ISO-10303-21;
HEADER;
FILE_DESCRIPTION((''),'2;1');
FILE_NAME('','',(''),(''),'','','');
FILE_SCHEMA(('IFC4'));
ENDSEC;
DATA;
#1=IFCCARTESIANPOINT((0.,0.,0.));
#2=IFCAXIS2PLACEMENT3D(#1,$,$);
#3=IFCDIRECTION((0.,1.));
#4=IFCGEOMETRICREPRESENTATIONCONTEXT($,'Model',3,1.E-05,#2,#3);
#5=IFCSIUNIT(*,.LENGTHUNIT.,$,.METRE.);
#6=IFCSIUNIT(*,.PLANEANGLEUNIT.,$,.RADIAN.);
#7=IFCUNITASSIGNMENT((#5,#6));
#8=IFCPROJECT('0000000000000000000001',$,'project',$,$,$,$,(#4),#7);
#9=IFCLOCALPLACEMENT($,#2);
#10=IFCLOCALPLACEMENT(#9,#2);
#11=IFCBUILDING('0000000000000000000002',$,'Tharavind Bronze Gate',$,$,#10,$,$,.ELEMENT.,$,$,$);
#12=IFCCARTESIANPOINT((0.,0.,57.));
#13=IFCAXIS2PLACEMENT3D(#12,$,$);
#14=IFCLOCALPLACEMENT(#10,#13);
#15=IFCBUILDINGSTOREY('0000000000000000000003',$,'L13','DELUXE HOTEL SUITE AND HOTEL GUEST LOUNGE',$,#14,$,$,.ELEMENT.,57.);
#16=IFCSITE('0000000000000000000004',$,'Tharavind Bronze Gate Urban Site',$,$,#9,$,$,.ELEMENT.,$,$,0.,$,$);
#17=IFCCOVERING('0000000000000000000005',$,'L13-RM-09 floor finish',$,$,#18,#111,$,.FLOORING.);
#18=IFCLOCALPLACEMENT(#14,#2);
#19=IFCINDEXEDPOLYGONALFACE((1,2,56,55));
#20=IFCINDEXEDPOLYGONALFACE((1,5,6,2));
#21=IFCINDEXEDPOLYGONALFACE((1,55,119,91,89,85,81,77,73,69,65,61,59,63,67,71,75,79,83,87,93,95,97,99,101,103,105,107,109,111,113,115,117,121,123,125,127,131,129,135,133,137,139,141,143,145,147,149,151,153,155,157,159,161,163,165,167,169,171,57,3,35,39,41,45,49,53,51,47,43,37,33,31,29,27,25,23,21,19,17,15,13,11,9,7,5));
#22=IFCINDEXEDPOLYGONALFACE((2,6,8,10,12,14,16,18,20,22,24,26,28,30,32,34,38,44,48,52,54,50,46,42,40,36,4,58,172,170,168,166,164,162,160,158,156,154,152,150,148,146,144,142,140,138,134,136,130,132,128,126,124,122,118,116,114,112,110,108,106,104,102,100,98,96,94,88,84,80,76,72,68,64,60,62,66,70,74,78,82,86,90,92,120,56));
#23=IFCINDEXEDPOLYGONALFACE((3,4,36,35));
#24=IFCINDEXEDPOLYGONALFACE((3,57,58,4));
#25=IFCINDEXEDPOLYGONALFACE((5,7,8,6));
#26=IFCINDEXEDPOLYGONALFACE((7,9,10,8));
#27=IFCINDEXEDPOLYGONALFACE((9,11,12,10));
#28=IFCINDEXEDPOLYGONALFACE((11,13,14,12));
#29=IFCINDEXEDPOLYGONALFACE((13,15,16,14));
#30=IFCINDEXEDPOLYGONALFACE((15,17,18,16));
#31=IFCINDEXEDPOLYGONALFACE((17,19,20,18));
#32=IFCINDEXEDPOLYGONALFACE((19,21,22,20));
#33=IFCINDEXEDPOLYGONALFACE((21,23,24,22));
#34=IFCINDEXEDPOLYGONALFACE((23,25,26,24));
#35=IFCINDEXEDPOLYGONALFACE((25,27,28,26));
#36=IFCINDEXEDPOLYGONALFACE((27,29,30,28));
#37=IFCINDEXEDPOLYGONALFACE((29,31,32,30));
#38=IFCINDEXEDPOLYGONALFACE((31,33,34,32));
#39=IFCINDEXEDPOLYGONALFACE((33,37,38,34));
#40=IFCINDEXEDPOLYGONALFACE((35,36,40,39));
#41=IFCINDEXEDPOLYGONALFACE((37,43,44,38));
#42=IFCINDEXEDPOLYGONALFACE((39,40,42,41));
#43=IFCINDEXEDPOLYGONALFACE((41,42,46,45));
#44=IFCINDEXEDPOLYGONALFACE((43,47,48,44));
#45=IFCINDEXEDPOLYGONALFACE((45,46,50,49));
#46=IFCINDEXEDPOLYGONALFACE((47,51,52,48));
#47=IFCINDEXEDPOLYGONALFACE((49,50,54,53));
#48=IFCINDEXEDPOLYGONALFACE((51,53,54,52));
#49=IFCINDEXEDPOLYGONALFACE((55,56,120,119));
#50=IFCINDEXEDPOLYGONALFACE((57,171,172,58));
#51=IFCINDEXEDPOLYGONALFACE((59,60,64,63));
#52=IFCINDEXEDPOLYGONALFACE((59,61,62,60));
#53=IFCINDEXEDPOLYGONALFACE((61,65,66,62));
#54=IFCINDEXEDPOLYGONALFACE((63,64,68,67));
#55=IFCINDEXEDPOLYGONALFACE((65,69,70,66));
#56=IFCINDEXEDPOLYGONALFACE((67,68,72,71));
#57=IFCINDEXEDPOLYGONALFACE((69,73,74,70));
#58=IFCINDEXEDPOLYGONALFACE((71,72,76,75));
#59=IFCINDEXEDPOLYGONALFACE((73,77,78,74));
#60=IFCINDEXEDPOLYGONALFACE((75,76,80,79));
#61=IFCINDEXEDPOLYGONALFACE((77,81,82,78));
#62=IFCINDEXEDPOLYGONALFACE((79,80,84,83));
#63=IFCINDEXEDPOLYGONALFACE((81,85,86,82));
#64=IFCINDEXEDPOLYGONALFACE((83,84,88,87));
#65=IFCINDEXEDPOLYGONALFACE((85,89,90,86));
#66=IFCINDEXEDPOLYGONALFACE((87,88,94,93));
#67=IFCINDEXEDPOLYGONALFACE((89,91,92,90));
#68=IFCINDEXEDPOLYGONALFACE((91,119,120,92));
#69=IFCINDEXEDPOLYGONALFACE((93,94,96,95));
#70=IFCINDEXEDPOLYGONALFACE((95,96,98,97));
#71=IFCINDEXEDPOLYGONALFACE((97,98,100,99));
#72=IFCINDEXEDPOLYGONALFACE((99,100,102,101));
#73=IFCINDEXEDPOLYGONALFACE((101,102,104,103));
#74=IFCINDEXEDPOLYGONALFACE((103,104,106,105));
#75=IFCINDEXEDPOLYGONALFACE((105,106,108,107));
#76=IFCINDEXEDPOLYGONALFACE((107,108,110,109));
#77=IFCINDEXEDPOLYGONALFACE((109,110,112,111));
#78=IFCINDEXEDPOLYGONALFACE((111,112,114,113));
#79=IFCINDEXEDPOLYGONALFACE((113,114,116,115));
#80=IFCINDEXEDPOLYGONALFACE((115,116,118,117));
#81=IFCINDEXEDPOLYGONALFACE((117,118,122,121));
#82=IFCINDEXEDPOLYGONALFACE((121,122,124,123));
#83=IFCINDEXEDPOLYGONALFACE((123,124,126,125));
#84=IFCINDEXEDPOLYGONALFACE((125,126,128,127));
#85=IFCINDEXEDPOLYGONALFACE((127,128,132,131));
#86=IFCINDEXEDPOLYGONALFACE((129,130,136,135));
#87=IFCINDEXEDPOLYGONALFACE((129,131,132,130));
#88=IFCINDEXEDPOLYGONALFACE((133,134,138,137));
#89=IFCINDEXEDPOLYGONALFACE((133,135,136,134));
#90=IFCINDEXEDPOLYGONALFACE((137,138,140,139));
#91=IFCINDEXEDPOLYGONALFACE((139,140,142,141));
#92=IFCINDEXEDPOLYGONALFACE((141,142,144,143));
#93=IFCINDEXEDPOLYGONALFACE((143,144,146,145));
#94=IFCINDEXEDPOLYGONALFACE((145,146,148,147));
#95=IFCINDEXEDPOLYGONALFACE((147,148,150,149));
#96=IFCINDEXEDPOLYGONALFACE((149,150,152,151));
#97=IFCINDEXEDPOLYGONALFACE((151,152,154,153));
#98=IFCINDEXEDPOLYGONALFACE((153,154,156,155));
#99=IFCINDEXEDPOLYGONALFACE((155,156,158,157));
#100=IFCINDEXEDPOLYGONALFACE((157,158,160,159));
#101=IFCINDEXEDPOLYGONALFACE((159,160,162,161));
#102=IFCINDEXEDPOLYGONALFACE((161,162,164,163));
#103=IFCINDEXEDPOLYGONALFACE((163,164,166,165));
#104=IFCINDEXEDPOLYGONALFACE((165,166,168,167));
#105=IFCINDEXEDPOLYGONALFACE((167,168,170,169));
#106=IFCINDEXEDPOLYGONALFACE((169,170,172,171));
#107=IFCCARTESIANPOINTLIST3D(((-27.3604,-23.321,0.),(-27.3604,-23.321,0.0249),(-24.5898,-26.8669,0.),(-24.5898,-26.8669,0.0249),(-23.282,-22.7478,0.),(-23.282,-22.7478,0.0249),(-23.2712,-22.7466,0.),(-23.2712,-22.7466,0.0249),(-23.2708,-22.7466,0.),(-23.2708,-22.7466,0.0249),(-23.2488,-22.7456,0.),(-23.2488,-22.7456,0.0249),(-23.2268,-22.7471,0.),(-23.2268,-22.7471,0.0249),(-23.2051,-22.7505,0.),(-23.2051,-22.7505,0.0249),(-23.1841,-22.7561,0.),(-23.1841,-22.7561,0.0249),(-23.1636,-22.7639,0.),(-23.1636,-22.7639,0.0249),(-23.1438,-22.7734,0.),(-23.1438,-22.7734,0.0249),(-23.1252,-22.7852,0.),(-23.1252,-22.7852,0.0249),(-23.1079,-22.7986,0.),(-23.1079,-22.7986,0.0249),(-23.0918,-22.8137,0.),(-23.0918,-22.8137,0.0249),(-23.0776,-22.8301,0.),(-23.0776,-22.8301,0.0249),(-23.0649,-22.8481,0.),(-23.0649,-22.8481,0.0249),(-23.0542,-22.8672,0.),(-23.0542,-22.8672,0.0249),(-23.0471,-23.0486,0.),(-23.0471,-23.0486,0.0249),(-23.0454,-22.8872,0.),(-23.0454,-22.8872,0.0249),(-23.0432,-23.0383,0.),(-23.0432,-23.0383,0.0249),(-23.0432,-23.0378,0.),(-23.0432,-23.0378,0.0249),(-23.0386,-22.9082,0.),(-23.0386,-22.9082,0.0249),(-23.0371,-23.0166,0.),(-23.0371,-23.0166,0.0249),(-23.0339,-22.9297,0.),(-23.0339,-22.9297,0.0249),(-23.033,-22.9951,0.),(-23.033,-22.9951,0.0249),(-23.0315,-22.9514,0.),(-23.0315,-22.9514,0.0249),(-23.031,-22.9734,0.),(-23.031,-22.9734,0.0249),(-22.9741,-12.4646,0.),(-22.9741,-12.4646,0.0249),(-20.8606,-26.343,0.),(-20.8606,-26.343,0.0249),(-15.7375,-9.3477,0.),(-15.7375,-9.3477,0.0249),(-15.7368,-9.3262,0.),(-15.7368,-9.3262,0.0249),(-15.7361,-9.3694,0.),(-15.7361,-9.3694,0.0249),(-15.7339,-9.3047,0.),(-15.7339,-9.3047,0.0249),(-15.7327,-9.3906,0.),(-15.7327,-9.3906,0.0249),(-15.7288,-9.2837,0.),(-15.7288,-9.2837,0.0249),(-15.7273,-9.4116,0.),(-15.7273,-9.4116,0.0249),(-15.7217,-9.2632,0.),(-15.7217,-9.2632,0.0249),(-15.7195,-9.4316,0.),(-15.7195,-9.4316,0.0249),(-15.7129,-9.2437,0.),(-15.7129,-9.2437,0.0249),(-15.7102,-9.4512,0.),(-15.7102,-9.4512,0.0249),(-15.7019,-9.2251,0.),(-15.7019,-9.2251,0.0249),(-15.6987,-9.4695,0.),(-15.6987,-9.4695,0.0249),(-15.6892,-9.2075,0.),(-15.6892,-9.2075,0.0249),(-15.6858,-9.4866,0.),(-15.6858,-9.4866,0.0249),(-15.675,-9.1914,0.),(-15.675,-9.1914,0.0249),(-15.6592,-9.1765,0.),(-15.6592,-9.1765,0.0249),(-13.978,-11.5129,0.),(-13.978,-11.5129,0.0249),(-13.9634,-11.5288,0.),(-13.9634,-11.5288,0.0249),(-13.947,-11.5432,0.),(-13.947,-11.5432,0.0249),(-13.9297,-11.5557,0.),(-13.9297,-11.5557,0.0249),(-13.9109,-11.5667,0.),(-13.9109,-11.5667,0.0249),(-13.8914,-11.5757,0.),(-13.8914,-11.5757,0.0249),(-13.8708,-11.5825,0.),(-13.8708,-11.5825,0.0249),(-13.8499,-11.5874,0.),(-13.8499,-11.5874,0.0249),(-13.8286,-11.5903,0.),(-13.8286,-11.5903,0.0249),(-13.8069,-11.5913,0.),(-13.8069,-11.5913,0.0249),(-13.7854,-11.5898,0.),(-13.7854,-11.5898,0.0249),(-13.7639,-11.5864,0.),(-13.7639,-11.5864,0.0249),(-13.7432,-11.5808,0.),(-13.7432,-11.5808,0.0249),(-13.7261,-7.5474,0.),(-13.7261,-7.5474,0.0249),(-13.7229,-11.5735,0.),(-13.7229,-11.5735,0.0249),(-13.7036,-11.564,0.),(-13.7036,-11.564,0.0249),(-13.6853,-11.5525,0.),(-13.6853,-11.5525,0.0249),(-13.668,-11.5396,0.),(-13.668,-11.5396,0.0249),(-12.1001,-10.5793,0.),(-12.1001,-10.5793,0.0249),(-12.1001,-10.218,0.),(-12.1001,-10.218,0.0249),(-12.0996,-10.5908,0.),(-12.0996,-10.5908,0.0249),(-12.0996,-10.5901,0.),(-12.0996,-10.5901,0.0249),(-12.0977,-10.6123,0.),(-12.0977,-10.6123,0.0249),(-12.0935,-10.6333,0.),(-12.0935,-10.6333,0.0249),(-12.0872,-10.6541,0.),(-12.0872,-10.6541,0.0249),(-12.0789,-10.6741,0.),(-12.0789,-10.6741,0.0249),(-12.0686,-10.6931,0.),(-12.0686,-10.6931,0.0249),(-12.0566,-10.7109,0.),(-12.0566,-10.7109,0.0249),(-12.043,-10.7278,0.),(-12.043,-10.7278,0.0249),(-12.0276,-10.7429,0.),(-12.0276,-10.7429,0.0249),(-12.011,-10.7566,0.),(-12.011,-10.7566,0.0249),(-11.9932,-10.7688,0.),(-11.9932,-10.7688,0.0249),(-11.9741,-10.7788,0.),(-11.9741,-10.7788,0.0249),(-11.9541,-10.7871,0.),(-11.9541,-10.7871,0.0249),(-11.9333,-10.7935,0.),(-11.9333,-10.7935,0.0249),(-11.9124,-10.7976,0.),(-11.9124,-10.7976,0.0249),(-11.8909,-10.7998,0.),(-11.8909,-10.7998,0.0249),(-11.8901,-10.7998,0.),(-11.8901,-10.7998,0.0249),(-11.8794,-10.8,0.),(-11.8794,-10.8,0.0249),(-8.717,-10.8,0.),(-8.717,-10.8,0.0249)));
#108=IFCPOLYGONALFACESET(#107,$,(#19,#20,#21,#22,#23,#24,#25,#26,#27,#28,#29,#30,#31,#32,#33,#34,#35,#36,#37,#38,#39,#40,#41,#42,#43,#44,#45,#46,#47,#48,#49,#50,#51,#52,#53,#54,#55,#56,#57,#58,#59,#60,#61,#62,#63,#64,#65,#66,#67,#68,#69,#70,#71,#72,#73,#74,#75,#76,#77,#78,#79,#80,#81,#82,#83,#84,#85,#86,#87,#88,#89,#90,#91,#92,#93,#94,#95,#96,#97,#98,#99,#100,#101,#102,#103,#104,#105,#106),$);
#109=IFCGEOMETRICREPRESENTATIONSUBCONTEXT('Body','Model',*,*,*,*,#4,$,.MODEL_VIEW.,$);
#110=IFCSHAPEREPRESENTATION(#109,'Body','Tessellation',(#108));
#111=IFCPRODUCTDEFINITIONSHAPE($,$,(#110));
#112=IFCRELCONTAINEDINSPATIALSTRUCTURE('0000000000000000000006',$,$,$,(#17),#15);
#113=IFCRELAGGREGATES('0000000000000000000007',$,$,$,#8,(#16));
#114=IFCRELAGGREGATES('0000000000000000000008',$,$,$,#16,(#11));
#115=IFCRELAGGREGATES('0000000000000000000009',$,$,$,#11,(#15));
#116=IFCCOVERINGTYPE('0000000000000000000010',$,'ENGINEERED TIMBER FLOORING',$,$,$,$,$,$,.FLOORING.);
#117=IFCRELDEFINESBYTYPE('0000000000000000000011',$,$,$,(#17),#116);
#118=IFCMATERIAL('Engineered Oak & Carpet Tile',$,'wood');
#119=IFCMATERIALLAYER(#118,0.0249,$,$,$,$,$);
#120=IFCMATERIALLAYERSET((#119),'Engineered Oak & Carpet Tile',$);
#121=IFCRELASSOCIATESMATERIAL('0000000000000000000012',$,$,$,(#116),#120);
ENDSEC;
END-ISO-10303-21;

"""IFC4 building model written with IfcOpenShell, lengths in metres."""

from ifc_helpers import new_model, si_unit, direction, frame, origin, place, context, subcontext, project, spatial, polyline, outline, extrude, material, layer, layer_set, type_object, element, save


model = new_model("IFC4")

# Units and contexts
model_context = context("Model", 3, precision=1e-05, world=origin(), true_north=direction((0.0, 1.0)))
body_context = subcontext(model_context, "Body", "Model", "MODEL_VIEW")
ifc_project = project(units=[si_unit("LENGTHUNIT", "METRE"), si_unit("PLANEANGLEUNIT", "RADIAN")], contexts=[model_context])

# Site, building, storey
site_placement = place(None, origin())
site = spatial("IfcSite", under=ifc_project, at=site_placement, Name="Tharavind Bronze Gate Urban Site", CompositionType="ELEMENT", RefElevation=0.0)
building_placement = place(site_placement, origin())
building = spatial("IfcBuilding", under=site, at=building_placement, Name="Tharavind Bronze Gate", CompositionType="ELEMENT")
storey_placement = place(building_placement, frame((0.0, 0.0, 57.0)))
storey = spatial("IfcBuildingStorey", under=building, at=storey_placement, Name="L13", Description="DELUXE HOTEL SUITE AND HOTEL GUEST LOUNGE", CompositionType="ELEMENT", Elevation=57.0)

# Covering
ifc_material_1 = material(Name="Engineered Oak & Carpet Tile", Category="wood")
ifc_layer_1 = layer(ifc_material_1, 0.0249)
ifc_layer_set_1 = layer_set([ifc_layer_1], Name="Engineered Oak & Carpet Tile")
covering_type_1 = type_object("IfcCoveringType", Name="ENGINEERED TIMBER FLOORING", PredefinedType="FLOORING", material=ifc_layer_set_1)
covering_1_placement = place(storey_placement, origin())
element("IfcCovering", 1, at=covering_1_placement, inside=storey, type_object=covering_type_1, Name="L13-RM-09 floor finish", PredefinedType="FLOORING", context=body_context, shape_type="SweptSolid", body=[
    extrude(outline(polyline([(-23.282, -22.7478), (-23.2712, -22.7466), (-23.2708, -22.7466), (-23.2488, -22.7456), (-23.2268, -22.7471), (-23.2051, -22.7505), (-23.1841, -22.7561), (-23.1636, -22.7639), (-23.1438, -22.7734), (-23.1252, -22.7852), (-23.1079, -22.7986), (-23.0918, -22.8137), (-23.0776, -22.8301), (-23.0649, -22.8481), (-23.0542, -22.8672), (-23.0454, -22.8872), (-23.0386, -22.9082), (-23.0339, -22.9297), (-23.0315, -22.9514), (-23.031, -22.9734), (-23.033, -22.9951), (-23.0371, -23.0166), (-23.0432, -23.0378), (-23.0432, -23.0383), (-23.0471, -23.0486), (-24.5898, -26.8669), (-20.8606, -26.343), (-8.717, -10.8), (-11.8794, -10.8), (-11.8901, -10.7998), (-11.8909, -10.7998), (-11.9124, -10.7976), (-11.9333, -10.7935), (-11.9541, -10.7871), (-11.9741, -10.7788), (-11.9932, -10.7688), (-12.011, -10.7566), (-12.0276, -10.7429), (-12.043, -10.7278), (-12.0566, -10.7109), (-12.0686, -10.6931), (-12.0789, -10.6741), (-12.0872, -10.6541), (-12.0935, -10.6333), (-12.0977, -10.6123), (-12.0996, -10.5908), (-12.0996, -10.5901), (-12.1001, -10.5793), (-12.1001, -10.218), (-13.668, -11.5396), (-13.6853, -11.5525), (-13.7036, -11.564), (-13.7229, -11.5735), (-13.7432, -11.5808), (-13.7639, -11.5864), (-13.7854, -11.5898), (-13.8069, -11.5913), (-13.8286, -11.5903), (-13.8499, -11.5874), (-13.8708, -11.5825), (-13.8914, -11.5757), (-13.9109, -11.5667), (-13.9297, -11.5557), (-13.947, -11.5432), (-13.9634, -11.5288), (-13.978, -11.5129), (-15.6858, -9.4866), (-15.6987, -9.4695), (-15.7102, -9.4512), (-15.7195, -9.4316), (-15.7273, -9.4116), (-15.7327, -9.3906), (-15.7361, -9.3694), (-15.7375, -9.3477), (-15.7368, -9.3262), (-15.7339, -9.3047), (-15.7288, -9.2837), (-15.7217, -9.2632), (-15.7129, -9.2437), (-15.7019, -9.2251), (-15.6892, -9.2075), (-15.675, -9.1914), (-15.6592, -9.1765), (-13.7261, -7.5474), (-22.9741, -12.4646), (-27.3604, -23.321), (-23.282, -22.7478)])), origin(), (0.0, 0.0, 1.0), 0.0249),
])

save(model, "model.ifc")
